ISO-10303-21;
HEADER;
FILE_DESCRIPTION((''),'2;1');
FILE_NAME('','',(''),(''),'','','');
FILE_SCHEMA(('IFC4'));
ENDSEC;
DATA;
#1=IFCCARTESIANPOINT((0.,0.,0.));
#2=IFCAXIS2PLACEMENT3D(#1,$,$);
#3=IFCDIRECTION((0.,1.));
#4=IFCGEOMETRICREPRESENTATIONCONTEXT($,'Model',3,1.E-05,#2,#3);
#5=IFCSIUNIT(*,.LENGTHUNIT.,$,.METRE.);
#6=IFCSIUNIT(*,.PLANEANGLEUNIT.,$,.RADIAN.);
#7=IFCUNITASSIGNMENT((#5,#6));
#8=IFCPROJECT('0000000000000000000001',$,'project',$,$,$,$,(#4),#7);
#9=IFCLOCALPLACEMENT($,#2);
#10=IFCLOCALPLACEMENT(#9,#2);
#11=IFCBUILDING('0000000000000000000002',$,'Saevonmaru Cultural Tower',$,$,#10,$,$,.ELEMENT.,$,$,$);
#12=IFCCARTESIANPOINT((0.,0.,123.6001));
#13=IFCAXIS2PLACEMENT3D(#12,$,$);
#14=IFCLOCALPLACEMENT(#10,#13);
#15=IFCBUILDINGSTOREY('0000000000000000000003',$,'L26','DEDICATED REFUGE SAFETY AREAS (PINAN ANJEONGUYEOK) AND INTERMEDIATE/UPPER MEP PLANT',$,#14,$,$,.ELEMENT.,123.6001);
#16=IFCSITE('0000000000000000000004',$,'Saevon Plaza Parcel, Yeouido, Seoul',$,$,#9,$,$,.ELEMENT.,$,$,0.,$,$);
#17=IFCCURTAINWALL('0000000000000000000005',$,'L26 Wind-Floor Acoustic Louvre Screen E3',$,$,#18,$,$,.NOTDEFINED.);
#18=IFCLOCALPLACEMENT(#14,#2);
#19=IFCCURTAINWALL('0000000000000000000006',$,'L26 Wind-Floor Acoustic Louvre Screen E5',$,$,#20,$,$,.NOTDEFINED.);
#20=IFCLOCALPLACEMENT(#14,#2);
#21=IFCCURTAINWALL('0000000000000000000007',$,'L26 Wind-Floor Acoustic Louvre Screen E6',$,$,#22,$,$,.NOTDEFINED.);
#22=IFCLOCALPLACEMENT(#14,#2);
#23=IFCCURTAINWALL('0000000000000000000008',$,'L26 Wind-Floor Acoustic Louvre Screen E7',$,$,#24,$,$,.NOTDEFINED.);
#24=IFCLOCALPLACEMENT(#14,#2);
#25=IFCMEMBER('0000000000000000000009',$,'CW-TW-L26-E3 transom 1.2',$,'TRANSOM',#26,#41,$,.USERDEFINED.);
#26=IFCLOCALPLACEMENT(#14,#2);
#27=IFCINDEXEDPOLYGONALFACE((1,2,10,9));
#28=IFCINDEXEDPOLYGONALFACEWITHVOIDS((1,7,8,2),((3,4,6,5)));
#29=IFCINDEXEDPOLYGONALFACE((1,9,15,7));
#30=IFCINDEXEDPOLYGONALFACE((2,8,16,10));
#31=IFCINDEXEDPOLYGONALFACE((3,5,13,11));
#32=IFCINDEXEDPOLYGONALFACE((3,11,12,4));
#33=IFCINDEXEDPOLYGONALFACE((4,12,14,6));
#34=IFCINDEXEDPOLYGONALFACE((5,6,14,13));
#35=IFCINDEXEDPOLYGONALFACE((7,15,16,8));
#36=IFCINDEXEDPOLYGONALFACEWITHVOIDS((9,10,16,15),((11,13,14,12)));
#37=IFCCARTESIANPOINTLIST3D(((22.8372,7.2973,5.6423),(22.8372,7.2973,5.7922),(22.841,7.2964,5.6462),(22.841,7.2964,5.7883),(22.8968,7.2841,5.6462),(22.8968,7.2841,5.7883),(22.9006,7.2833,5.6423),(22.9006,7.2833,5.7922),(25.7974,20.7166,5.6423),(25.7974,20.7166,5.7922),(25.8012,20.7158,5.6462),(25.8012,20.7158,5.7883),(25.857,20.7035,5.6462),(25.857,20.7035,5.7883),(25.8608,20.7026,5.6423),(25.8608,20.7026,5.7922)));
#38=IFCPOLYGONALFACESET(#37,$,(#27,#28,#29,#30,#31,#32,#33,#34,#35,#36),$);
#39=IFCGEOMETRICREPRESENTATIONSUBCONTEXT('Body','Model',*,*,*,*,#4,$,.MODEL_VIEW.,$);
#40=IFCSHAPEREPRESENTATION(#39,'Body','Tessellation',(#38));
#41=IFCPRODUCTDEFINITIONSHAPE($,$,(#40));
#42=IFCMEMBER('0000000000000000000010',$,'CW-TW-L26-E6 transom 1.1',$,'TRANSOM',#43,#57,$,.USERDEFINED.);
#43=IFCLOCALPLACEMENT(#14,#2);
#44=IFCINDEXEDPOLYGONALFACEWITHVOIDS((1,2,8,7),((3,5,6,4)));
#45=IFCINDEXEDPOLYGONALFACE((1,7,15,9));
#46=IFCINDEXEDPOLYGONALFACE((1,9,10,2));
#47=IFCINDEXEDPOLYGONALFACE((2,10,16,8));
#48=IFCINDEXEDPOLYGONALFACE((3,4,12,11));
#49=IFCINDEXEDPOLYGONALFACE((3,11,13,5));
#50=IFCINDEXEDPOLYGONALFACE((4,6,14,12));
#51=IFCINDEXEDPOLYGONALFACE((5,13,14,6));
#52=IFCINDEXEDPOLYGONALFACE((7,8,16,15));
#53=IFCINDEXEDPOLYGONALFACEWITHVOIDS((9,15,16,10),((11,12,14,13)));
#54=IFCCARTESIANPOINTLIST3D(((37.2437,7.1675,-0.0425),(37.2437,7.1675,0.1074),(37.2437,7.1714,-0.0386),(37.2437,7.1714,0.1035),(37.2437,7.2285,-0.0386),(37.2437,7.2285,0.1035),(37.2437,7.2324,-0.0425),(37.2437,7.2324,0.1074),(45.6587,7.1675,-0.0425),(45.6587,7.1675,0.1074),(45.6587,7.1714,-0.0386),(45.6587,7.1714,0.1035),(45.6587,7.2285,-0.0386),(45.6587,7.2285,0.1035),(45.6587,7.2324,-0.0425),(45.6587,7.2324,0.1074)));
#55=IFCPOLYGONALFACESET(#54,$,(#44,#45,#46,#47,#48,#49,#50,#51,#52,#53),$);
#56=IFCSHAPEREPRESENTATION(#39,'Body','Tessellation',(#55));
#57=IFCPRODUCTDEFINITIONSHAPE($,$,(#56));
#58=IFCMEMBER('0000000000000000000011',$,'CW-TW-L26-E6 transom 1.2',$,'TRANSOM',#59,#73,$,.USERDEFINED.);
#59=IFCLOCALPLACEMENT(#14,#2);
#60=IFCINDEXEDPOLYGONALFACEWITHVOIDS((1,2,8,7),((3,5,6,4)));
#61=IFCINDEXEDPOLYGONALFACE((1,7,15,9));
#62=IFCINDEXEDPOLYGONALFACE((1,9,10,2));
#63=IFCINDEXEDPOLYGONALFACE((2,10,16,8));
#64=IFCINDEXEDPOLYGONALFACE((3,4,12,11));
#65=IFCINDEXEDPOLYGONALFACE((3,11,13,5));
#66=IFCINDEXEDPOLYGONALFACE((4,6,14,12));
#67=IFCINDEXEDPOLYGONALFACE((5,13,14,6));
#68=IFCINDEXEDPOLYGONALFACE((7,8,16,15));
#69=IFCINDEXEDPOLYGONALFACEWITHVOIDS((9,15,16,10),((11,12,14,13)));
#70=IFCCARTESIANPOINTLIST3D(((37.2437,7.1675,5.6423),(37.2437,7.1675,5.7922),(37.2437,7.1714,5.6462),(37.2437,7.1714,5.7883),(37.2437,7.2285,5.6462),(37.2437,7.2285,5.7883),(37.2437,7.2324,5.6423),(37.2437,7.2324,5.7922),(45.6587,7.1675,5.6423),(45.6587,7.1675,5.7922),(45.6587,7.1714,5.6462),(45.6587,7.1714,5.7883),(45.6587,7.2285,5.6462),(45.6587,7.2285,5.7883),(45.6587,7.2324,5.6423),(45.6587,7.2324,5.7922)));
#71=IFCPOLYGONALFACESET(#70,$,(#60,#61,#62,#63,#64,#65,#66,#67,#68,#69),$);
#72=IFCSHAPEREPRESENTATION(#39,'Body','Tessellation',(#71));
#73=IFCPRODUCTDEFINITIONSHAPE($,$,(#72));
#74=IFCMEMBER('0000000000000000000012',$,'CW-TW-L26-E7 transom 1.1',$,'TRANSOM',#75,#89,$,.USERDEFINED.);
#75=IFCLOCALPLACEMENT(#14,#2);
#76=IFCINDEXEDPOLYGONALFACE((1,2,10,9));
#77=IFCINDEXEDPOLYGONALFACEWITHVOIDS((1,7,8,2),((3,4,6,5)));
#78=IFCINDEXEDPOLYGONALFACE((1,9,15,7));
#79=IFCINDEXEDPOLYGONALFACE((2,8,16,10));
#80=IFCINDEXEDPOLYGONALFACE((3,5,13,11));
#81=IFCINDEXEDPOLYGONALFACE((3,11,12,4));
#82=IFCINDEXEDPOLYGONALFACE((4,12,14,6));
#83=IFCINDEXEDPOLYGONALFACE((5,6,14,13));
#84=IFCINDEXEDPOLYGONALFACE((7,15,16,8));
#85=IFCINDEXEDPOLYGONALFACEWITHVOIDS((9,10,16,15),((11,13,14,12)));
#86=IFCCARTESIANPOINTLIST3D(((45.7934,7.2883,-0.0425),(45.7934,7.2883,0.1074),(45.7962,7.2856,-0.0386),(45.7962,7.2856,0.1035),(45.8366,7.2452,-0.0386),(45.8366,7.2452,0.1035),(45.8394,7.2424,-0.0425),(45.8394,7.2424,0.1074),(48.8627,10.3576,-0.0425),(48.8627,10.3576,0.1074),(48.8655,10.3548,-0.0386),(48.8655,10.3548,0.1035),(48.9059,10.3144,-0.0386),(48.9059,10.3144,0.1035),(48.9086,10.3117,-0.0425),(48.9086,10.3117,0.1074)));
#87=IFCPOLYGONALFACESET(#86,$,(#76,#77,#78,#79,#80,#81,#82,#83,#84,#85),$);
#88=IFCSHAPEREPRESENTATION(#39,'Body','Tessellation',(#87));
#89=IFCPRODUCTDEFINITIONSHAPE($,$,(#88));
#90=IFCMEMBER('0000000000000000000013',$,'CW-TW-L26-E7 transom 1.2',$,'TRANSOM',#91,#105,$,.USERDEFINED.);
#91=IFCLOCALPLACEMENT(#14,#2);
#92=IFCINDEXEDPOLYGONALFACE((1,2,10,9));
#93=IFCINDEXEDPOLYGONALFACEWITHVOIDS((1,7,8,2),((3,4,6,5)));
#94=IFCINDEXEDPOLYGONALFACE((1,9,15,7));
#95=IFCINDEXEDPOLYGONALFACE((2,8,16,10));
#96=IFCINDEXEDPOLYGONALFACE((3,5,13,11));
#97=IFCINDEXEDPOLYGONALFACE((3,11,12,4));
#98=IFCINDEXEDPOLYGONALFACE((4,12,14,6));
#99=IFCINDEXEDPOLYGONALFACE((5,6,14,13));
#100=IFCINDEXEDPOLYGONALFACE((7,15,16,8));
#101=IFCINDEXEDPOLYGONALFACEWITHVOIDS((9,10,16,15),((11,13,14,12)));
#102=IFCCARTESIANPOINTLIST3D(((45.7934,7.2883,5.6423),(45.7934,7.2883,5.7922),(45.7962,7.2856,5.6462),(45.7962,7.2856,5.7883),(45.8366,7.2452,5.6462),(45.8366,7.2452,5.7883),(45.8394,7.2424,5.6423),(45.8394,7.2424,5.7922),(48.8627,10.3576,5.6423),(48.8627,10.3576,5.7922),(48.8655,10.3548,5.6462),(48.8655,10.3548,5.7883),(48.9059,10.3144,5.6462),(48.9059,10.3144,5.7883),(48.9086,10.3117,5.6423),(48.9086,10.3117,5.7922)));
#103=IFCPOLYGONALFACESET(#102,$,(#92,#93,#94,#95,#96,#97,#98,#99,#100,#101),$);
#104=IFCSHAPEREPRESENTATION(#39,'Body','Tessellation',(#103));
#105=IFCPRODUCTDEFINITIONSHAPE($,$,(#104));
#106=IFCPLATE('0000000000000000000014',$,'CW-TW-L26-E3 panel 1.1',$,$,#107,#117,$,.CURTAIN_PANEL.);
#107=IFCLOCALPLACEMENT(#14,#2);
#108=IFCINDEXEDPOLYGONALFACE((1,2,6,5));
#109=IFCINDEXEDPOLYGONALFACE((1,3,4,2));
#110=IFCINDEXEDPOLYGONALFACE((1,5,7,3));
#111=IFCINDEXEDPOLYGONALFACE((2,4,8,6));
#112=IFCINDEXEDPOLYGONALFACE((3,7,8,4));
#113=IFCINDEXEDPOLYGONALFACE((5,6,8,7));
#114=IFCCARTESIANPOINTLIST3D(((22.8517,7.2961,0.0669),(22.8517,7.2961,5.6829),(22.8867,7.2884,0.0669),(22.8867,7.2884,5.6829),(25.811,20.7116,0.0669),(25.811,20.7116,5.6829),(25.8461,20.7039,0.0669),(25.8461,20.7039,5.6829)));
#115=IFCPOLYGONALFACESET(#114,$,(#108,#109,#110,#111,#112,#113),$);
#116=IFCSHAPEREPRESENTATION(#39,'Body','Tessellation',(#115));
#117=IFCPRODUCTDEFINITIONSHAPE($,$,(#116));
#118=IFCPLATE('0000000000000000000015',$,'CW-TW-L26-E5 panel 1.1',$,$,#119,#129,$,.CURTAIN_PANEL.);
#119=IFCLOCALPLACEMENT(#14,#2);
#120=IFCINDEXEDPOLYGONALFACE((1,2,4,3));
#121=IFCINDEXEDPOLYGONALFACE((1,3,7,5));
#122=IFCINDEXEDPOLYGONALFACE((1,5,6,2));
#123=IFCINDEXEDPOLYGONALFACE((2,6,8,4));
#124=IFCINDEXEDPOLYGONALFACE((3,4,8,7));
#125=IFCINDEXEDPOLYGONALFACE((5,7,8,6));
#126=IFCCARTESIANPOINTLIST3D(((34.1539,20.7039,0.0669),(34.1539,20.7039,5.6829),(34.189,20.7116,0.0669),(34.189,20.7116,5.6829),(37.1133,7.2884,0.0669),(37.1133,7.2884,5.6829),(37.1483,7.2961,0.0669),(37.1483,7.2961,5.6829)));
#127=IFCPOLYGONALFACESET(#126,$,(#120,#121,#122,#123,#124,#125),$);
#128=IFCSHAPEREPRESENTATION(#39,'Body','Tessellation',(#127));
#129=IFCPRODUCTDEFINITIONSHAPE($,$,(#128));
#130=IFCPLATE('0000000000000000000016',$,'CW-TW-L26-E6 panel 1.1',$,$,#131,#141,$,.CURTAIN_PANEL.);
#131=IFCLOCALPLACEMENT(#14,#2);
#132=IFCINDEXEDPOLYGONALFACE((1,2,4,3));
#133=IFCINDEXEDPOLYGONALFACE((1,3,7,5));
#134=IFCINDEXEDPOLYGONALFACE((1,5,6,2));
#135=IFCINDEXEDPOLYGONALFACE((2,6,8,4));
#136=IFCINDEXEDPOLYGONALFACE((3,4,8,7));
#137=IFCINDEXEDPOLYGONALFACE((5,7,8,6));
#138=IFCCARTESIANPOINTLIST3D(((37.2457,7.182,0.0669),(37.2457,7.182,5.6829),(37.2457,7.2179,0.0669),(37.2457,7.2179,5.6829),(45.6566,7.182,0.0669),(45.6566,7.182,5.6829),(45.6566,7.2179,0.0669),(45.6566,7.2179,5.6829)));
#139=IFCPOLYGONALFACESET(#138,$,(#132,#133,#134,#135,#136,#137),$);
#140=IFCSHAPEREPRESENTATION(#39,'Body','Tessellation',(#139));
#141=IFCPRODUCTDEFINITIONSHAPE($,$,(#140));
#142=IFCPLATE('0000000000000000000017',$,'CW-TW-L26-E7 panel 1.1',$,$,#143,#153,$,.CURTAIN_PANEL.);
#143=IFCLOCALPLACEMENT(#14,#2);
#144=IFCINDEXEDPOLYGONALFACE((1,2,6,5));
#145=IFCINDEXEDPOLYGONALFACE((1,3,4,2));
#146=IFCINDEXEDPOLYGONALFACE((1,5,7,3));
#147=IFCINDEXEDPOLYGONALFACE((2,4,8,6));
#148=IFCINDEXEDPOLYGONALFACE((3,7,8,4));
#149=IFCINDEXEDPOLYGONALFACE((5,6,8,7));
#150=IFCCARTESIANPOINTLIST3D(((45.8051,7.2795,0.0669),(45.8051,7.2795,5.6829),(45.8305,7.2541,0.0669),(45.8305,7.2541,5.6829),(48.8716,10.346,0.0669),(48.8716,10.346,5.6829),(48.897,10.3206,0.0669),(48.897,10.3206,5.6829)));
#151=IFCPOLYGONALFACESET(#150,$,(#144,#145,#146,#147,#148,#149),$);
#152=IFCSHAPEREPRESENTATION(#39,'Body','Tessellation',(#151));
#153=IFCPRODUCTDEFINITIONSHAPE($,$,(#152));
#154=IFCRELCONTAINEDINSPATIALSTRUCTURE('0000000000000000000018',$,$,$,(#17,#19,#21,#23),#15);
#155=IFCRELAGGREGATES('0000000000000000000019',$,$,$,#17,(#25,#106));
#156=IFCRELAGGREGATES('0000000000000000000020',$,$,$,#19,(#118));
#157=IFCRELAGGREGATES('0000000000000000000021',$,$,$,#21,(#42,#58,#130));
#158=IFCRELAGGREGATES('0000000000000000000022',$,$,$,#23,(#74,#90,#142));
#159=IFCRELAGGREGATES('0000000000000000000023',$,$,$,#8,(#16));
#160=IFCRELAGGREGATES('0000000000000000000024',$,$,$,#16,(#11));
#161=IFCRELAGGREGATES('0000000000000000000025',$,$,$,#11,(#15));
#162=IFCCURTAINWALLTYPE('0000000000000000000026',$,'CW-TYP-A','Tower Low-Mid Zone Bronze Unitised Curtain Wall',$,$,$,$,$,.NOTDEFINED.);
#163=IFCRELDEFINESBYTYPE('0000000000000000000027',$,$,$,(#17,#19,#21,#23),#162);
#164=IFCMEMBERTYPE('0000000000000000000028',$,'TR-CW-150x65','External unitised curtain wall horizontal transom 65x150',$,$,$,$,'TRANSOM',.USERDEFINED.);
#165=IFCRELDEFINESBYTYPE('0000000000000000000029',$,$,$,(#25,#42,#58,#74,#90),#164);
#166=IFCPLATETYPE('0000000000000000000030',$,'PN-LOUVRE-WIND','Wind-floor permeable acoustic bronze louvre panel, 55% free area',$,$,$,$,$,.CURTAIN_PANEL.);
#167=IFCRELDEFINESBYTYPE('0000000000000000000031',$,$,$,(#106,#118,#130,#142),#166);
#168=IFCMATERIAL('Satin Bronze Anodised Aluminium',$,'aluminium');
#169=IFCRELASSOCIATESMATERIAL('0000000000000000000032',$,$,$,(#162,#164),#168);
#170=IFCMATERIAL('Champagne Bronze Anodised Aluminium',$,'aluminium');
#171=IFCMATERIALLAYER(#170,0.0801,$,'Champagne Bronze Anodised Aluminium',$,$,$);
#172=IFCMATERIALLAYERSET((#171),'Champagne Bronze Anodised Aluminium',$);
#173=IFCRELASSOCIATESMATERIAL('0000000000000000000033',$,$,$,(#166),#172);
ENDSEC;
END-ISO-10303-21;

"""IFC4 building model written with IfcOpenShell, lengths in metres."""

from ifc_helpers import new_model, si_unit, direction, frame, origin, origin_2d, place, context, subcontext, project, spatial, rectangle, hollow_rectangle, extrude, material, layer, layer_set, material_profile, profile_set, type_object, element, aggregate, save


model = new_model("IFC4")

# Units and contexts
model_context = context("Model", 3, precision=1e-05, world=origin(), true_north=direction((0.0, 1.0)))
body_context = subcontext(model_context, "Body", "Model", "MODEL_VIEW")
ifc_project = project(units=[si_unit("LENGTHUNIT", "METRE"), si_unit("PLANEANGLEUNIT", "RADIAN")], contexts=[model_context])

# Site, building, storey
site_placement = place(None, origin())
site = spatial("IfcSite", under=ifc_project, at=site_placement, Name="Saevon Plaza Parcel, Yeouido, Seoul", CompositionType="ELEMENT", RefElevation=0.0)
building_placement = place(site_placement, origin())
building = spatial("IfcBuilding", under=site, at=building_placement, Name="Saevonmaru Cultural Tower", CompositionType="ELEMENT")
storey_placement = place(building_placement, frame((0.0, 0.0, 123.6001)))
storey = spatial("IfcBuildingStorey", under=building, at=storey_placement, Name="L26", Description="DEDICATED REFUGE SAFETY AREAS (PINAN ANJEONGUYEOK) AND INTERMEDIATE/UPPER MEP PLANT", CompositionType="ELEMENT", Elevation=123.6001)

# Curtain walls
ifc_material_1 = material(Name="Satin Bronze Anodised Aluminium", Category="aluminium")
curtain_wall_type = type_object("IfcCurtainWallType", Name="CW-TYP-A", Description="Tower Low-Mid Zone Bronze Unitised Curtain Wall", PredefinedType="NOTDEFINED", material=ifc_material_1)
curtain_wall_1_placement = place(storey_placement, origin())
curtain_wall_1 = element("IfcCurtainWall", 1, at=curtain_wall_1_placement, inside=storey, type_object=curtain_wall_type, Name="L26 Wind-Floor Acoustic Louvre Screen E3", PredefinedType="NOTDEFINED")
curtain_wall_2_placement = place(storey_placement, origin())
curtain_wall_2 = element("IfcCurtainWall", 2, at=curtain_wall_2_placement, inside=storey, type_object=curtain_wall_type, Name="L26 Wind-Floor Acoustic Louvre Screen E5", PredefinedType="NOTDEFINED")

# Curtain wall
curtain_wall_3_placement = place(storey_placement, origin())
curtain_wall_3 = element("IfcCurtainWall", 3, at=curtain_wall_3_placement, inside=storey, type_object=curtain_wall_type, Name="L26 Wind-Floor Acoustic Louvre Screen E6", PredefinedType="NOTDEFINED")

# Curtain wall
curtain_wall_4_placement = place(storey_placement, origin())
curtain_wall_4 = element("IfcCurtainWall", 4, at=curtain_wall_4_placement, inside=storey, type_object=curtain_wall_type, Name="L26 Wind-Floor Acoustic Louvre Screen E7", PredefinedType="NOTDEFINED")

# Members
ifc_material_profile_1 = material_profile(ifc_material_1, hollow_rectangle(XDim=0.0649, YDim=0.1499, WallThickness=0.0039, at=origin_2d()), Name="ALU-TRAN-150x65x4")
ifc_profile_set_1 = profile_set([ifc_material_profile_1], Name="Satin Bronze Anodised Aluminium")
member_type_1 = type_object("IfcMemberType", Name="TR-CW-150x65", Description="External unitised curtain wall horizontal transom 65x150", ElementType="TRANSOM", PredefinedType="USERDEFINED", material=ifc_profile_set_1)
member_1_placement = place(storey_placement, frame((22.8689, 7.2903, 5.7173), z_axis=(0.215412, 0.976523, 0.0), x_axis=(-0.976523, 0.215412, 0.0)))
member_1 = element("IfcMember", 5, at=member_1_placement, type_object=member_type_1, Name="CW-TW-L26-E3 transom 1.2", ObjectType="TRANSOM", PredefinedType="USERDEFINED", context=body_context, shape_type="SweptSolid", body=[
    extrude(hollow_rectangle(XDim=0.0649, YDim=0.1499, WallThickness=0.0039, at=origin_2d()), origin(), (0.0, 0.0, 1.0), 13.7419),
])
member_2_placement = place(storey_placement, frame((37.2437, 7.2, 0.0325), z_axis=(1.0, 0.0, 0.0), x_axis=(0.0, 1.0, 0.0)))
member_2 = element("IfcMember", 6, at=member_2_placement, type_object=member_type_1, Name="CW-TW-L26-E6 transom 1.1", ObjectType="TRANSOM", PredefinedType="USERDEFINED", context=body_context, shape_type="SweptSolid", body=[
    extrude(hollow_rectangle(XDim=0.0649, YDim=0.1499, WallThickness=0.0039, at=origin_2d()), origin(), (0.0, 0.0, 1.0), 8.415),
])
member_3_placement = place(storey_placement, frame((37.2437, 7.2, 5.7173), z_axis=(1.0, 0.0, 0.0), x_axis=(0.0, 1.0, 0.0)))
member_3 = element("IfcMember", 7, at=member_3_placement, type_object=member_type_1, Name="CW-TW-L26-E6 transom 1.2", ObjectType="TRANSOM", PredefinedType="USERDEFINED", context=body_context, shape_type="SweptSolid", body=[
    extrude(hollow_rectangle(XDim=0.0649, YDim=0.1499, WallThickness=0.0039, at=origin_2d()), origin(), (0.0, 0.0, 1.0), 8.415),
])
member_4_placement = place(storey_placement, frame((45.8164, 7.2654, 0.0325), z_axis=(0.707107, 0.707107, 0.0), x_axis=(-0.707107, 0.707107, 0.0)))
member_4 = element("IfcMember", 8, at=member_4_placement, type_object=member_type_1, Name="CW-TW-L26-E7 transom 1.1", ObjectType="TRANSOM", PredefinedType="USERDEFINED", context=body_context, shape_type="SweptSolid", body=[
    extrude(hollow_rectangle(XDim=0.0649, YDim=0.1499, WallThickness=0.0039, at=origin_2d()), origin(), (0.0, 0.0, 1.0), 4.3406),
])
member_5_placement = place(storey_placement, frame((45.8164, 7.2654, 5.7173), z_axis=(0.707107, 0.707107, 0.0), x_axis=(-0.707107, 0.707107, 0.0)))
member_5 = element("IfcMember", 9, at=member_5_placement, type_object=member_type_1, Name="CW-TW-L26-E7 transom 1.2", ObjectType="TRANSOM", PredefinedType="USERDEFINED", context=body_context, shape_type="SweptSolid", body=[
    extrude(hollow_rectangle(XDim=0.0649, YDim=0.1499, WallThickness=0.0039, at=origin_2d()), origin(), (0.0, 0.0, 1.0), 4.3406),
])

# Plates
ifc_material_2 = material(Name="Champagne Bronze Anodised Aluminium", Category="aluminium")
ifc_layer = layer(ifc_material_2, 0.0801, Name="Champagne Bronze Anodised Aluminium")
ifc_layer_set = layer_set([ifc_layer], Name="Champagne Bronze Anodised Aluminium")
plate_type = type_object("IfcPlateType", Name="PN-LOUVRE-WIND", Description="Wind-floor permeable acoustic bronze louvre panel, 55% free area", PredefinedType="CURTAIN_PANEL", material=ifc_layer_set)
plate_1_placement = place(storey_placement, frame((24.3489, 14.0, 0.0669), z_axis=(0.0, 0.0, 1.0), x_axis=(0.215413, 0.976523, 0.0)))
plate_1 = element("IfcPlate", 10, at=plate_1_placement, type_object=plate_type, Name="CW-TW-L26-E3 panel 1.1", PredefinedType="CURTAIN_PANEL", context=body_context, shape_type="SweptSolid", body=[
    extrude(rectangle(XDim=13.738, YDim=0.0359, at=origin_2d()), origin(), (0.0, 0.0, 1.0), 5.616),
])
aggregate(curtain_wall_1, [member_1, plate_1])
plate_2_placement = place(storey_placement, frame((35.6511, 14.0, 0.0669), z_axis=(0.0, 0.0, 1.0), x_axis=(0.215413, -0.976523, 0.0)))
plate_2 = element("IfcPlate", 11, at=plate_2_placement, type_object=plate_type, Name="CW-TW-L26-E5 panel 1.1", PredefinedType="CURTAIN_PANEL", context=body_context, shape_type="SweptSolid", body=[
    extrude(rectangle(XDim=13.738, YDim=0.0359, at=origin_2d()), origin(), (0.0, 0.0, 1.0), 5.616),
])
aggregate(curtain_wall_2, [plate_2])
plate_3_placement = place(storey_placement, frame((41.4512, 7.2, 0.0669), z_axis=(0.0, 0.0, 1.0), x_axis=(1.0, 0.0, 0.0)))
plate_3 = element("IfcPlate", 12, at=plate_3_placement, type_object=plate_type, Name="CW-TW-L26-E6 panel 1.1", PredefinedType="CURTAIN_PANEL", context=body_context, shape_type="SweptSolid", body=[
    extrude(rectangle(XDim=8.4109, YDim=0.0359, at=origin_2d()), origin(), (0.0, 0.0, 1.0), 5.616),
])
aggregate(curtain_wall_3, [member_2, member_3, plate_3])
plate_4_placement = place(storey_placement, frame((47.3511, 8.8, 0.0669), z_axis=(0.0, 0.0, 1.0), x_axis=(0.707107, 0.707107, 0.0)))
plate_4 = element("IfcPlate", 13, at=plate_4_placement, type_object=plate_type, Name="CW-TW-L26-E7 panel 1.1", PredefinedType="CURTAIN_PANEL", context=body_context, shape_type="SweptSolid", body=[
    extrude(rectangle(XDim=4.3367, YDim=0.0359, at=origin_2d()), origin(), (0.0, 0.0, 1.0), 5.616),
])
aggregate(curtain_wall_4, [member_4, member_5, plate_4])

save(model, "model.ifc")
